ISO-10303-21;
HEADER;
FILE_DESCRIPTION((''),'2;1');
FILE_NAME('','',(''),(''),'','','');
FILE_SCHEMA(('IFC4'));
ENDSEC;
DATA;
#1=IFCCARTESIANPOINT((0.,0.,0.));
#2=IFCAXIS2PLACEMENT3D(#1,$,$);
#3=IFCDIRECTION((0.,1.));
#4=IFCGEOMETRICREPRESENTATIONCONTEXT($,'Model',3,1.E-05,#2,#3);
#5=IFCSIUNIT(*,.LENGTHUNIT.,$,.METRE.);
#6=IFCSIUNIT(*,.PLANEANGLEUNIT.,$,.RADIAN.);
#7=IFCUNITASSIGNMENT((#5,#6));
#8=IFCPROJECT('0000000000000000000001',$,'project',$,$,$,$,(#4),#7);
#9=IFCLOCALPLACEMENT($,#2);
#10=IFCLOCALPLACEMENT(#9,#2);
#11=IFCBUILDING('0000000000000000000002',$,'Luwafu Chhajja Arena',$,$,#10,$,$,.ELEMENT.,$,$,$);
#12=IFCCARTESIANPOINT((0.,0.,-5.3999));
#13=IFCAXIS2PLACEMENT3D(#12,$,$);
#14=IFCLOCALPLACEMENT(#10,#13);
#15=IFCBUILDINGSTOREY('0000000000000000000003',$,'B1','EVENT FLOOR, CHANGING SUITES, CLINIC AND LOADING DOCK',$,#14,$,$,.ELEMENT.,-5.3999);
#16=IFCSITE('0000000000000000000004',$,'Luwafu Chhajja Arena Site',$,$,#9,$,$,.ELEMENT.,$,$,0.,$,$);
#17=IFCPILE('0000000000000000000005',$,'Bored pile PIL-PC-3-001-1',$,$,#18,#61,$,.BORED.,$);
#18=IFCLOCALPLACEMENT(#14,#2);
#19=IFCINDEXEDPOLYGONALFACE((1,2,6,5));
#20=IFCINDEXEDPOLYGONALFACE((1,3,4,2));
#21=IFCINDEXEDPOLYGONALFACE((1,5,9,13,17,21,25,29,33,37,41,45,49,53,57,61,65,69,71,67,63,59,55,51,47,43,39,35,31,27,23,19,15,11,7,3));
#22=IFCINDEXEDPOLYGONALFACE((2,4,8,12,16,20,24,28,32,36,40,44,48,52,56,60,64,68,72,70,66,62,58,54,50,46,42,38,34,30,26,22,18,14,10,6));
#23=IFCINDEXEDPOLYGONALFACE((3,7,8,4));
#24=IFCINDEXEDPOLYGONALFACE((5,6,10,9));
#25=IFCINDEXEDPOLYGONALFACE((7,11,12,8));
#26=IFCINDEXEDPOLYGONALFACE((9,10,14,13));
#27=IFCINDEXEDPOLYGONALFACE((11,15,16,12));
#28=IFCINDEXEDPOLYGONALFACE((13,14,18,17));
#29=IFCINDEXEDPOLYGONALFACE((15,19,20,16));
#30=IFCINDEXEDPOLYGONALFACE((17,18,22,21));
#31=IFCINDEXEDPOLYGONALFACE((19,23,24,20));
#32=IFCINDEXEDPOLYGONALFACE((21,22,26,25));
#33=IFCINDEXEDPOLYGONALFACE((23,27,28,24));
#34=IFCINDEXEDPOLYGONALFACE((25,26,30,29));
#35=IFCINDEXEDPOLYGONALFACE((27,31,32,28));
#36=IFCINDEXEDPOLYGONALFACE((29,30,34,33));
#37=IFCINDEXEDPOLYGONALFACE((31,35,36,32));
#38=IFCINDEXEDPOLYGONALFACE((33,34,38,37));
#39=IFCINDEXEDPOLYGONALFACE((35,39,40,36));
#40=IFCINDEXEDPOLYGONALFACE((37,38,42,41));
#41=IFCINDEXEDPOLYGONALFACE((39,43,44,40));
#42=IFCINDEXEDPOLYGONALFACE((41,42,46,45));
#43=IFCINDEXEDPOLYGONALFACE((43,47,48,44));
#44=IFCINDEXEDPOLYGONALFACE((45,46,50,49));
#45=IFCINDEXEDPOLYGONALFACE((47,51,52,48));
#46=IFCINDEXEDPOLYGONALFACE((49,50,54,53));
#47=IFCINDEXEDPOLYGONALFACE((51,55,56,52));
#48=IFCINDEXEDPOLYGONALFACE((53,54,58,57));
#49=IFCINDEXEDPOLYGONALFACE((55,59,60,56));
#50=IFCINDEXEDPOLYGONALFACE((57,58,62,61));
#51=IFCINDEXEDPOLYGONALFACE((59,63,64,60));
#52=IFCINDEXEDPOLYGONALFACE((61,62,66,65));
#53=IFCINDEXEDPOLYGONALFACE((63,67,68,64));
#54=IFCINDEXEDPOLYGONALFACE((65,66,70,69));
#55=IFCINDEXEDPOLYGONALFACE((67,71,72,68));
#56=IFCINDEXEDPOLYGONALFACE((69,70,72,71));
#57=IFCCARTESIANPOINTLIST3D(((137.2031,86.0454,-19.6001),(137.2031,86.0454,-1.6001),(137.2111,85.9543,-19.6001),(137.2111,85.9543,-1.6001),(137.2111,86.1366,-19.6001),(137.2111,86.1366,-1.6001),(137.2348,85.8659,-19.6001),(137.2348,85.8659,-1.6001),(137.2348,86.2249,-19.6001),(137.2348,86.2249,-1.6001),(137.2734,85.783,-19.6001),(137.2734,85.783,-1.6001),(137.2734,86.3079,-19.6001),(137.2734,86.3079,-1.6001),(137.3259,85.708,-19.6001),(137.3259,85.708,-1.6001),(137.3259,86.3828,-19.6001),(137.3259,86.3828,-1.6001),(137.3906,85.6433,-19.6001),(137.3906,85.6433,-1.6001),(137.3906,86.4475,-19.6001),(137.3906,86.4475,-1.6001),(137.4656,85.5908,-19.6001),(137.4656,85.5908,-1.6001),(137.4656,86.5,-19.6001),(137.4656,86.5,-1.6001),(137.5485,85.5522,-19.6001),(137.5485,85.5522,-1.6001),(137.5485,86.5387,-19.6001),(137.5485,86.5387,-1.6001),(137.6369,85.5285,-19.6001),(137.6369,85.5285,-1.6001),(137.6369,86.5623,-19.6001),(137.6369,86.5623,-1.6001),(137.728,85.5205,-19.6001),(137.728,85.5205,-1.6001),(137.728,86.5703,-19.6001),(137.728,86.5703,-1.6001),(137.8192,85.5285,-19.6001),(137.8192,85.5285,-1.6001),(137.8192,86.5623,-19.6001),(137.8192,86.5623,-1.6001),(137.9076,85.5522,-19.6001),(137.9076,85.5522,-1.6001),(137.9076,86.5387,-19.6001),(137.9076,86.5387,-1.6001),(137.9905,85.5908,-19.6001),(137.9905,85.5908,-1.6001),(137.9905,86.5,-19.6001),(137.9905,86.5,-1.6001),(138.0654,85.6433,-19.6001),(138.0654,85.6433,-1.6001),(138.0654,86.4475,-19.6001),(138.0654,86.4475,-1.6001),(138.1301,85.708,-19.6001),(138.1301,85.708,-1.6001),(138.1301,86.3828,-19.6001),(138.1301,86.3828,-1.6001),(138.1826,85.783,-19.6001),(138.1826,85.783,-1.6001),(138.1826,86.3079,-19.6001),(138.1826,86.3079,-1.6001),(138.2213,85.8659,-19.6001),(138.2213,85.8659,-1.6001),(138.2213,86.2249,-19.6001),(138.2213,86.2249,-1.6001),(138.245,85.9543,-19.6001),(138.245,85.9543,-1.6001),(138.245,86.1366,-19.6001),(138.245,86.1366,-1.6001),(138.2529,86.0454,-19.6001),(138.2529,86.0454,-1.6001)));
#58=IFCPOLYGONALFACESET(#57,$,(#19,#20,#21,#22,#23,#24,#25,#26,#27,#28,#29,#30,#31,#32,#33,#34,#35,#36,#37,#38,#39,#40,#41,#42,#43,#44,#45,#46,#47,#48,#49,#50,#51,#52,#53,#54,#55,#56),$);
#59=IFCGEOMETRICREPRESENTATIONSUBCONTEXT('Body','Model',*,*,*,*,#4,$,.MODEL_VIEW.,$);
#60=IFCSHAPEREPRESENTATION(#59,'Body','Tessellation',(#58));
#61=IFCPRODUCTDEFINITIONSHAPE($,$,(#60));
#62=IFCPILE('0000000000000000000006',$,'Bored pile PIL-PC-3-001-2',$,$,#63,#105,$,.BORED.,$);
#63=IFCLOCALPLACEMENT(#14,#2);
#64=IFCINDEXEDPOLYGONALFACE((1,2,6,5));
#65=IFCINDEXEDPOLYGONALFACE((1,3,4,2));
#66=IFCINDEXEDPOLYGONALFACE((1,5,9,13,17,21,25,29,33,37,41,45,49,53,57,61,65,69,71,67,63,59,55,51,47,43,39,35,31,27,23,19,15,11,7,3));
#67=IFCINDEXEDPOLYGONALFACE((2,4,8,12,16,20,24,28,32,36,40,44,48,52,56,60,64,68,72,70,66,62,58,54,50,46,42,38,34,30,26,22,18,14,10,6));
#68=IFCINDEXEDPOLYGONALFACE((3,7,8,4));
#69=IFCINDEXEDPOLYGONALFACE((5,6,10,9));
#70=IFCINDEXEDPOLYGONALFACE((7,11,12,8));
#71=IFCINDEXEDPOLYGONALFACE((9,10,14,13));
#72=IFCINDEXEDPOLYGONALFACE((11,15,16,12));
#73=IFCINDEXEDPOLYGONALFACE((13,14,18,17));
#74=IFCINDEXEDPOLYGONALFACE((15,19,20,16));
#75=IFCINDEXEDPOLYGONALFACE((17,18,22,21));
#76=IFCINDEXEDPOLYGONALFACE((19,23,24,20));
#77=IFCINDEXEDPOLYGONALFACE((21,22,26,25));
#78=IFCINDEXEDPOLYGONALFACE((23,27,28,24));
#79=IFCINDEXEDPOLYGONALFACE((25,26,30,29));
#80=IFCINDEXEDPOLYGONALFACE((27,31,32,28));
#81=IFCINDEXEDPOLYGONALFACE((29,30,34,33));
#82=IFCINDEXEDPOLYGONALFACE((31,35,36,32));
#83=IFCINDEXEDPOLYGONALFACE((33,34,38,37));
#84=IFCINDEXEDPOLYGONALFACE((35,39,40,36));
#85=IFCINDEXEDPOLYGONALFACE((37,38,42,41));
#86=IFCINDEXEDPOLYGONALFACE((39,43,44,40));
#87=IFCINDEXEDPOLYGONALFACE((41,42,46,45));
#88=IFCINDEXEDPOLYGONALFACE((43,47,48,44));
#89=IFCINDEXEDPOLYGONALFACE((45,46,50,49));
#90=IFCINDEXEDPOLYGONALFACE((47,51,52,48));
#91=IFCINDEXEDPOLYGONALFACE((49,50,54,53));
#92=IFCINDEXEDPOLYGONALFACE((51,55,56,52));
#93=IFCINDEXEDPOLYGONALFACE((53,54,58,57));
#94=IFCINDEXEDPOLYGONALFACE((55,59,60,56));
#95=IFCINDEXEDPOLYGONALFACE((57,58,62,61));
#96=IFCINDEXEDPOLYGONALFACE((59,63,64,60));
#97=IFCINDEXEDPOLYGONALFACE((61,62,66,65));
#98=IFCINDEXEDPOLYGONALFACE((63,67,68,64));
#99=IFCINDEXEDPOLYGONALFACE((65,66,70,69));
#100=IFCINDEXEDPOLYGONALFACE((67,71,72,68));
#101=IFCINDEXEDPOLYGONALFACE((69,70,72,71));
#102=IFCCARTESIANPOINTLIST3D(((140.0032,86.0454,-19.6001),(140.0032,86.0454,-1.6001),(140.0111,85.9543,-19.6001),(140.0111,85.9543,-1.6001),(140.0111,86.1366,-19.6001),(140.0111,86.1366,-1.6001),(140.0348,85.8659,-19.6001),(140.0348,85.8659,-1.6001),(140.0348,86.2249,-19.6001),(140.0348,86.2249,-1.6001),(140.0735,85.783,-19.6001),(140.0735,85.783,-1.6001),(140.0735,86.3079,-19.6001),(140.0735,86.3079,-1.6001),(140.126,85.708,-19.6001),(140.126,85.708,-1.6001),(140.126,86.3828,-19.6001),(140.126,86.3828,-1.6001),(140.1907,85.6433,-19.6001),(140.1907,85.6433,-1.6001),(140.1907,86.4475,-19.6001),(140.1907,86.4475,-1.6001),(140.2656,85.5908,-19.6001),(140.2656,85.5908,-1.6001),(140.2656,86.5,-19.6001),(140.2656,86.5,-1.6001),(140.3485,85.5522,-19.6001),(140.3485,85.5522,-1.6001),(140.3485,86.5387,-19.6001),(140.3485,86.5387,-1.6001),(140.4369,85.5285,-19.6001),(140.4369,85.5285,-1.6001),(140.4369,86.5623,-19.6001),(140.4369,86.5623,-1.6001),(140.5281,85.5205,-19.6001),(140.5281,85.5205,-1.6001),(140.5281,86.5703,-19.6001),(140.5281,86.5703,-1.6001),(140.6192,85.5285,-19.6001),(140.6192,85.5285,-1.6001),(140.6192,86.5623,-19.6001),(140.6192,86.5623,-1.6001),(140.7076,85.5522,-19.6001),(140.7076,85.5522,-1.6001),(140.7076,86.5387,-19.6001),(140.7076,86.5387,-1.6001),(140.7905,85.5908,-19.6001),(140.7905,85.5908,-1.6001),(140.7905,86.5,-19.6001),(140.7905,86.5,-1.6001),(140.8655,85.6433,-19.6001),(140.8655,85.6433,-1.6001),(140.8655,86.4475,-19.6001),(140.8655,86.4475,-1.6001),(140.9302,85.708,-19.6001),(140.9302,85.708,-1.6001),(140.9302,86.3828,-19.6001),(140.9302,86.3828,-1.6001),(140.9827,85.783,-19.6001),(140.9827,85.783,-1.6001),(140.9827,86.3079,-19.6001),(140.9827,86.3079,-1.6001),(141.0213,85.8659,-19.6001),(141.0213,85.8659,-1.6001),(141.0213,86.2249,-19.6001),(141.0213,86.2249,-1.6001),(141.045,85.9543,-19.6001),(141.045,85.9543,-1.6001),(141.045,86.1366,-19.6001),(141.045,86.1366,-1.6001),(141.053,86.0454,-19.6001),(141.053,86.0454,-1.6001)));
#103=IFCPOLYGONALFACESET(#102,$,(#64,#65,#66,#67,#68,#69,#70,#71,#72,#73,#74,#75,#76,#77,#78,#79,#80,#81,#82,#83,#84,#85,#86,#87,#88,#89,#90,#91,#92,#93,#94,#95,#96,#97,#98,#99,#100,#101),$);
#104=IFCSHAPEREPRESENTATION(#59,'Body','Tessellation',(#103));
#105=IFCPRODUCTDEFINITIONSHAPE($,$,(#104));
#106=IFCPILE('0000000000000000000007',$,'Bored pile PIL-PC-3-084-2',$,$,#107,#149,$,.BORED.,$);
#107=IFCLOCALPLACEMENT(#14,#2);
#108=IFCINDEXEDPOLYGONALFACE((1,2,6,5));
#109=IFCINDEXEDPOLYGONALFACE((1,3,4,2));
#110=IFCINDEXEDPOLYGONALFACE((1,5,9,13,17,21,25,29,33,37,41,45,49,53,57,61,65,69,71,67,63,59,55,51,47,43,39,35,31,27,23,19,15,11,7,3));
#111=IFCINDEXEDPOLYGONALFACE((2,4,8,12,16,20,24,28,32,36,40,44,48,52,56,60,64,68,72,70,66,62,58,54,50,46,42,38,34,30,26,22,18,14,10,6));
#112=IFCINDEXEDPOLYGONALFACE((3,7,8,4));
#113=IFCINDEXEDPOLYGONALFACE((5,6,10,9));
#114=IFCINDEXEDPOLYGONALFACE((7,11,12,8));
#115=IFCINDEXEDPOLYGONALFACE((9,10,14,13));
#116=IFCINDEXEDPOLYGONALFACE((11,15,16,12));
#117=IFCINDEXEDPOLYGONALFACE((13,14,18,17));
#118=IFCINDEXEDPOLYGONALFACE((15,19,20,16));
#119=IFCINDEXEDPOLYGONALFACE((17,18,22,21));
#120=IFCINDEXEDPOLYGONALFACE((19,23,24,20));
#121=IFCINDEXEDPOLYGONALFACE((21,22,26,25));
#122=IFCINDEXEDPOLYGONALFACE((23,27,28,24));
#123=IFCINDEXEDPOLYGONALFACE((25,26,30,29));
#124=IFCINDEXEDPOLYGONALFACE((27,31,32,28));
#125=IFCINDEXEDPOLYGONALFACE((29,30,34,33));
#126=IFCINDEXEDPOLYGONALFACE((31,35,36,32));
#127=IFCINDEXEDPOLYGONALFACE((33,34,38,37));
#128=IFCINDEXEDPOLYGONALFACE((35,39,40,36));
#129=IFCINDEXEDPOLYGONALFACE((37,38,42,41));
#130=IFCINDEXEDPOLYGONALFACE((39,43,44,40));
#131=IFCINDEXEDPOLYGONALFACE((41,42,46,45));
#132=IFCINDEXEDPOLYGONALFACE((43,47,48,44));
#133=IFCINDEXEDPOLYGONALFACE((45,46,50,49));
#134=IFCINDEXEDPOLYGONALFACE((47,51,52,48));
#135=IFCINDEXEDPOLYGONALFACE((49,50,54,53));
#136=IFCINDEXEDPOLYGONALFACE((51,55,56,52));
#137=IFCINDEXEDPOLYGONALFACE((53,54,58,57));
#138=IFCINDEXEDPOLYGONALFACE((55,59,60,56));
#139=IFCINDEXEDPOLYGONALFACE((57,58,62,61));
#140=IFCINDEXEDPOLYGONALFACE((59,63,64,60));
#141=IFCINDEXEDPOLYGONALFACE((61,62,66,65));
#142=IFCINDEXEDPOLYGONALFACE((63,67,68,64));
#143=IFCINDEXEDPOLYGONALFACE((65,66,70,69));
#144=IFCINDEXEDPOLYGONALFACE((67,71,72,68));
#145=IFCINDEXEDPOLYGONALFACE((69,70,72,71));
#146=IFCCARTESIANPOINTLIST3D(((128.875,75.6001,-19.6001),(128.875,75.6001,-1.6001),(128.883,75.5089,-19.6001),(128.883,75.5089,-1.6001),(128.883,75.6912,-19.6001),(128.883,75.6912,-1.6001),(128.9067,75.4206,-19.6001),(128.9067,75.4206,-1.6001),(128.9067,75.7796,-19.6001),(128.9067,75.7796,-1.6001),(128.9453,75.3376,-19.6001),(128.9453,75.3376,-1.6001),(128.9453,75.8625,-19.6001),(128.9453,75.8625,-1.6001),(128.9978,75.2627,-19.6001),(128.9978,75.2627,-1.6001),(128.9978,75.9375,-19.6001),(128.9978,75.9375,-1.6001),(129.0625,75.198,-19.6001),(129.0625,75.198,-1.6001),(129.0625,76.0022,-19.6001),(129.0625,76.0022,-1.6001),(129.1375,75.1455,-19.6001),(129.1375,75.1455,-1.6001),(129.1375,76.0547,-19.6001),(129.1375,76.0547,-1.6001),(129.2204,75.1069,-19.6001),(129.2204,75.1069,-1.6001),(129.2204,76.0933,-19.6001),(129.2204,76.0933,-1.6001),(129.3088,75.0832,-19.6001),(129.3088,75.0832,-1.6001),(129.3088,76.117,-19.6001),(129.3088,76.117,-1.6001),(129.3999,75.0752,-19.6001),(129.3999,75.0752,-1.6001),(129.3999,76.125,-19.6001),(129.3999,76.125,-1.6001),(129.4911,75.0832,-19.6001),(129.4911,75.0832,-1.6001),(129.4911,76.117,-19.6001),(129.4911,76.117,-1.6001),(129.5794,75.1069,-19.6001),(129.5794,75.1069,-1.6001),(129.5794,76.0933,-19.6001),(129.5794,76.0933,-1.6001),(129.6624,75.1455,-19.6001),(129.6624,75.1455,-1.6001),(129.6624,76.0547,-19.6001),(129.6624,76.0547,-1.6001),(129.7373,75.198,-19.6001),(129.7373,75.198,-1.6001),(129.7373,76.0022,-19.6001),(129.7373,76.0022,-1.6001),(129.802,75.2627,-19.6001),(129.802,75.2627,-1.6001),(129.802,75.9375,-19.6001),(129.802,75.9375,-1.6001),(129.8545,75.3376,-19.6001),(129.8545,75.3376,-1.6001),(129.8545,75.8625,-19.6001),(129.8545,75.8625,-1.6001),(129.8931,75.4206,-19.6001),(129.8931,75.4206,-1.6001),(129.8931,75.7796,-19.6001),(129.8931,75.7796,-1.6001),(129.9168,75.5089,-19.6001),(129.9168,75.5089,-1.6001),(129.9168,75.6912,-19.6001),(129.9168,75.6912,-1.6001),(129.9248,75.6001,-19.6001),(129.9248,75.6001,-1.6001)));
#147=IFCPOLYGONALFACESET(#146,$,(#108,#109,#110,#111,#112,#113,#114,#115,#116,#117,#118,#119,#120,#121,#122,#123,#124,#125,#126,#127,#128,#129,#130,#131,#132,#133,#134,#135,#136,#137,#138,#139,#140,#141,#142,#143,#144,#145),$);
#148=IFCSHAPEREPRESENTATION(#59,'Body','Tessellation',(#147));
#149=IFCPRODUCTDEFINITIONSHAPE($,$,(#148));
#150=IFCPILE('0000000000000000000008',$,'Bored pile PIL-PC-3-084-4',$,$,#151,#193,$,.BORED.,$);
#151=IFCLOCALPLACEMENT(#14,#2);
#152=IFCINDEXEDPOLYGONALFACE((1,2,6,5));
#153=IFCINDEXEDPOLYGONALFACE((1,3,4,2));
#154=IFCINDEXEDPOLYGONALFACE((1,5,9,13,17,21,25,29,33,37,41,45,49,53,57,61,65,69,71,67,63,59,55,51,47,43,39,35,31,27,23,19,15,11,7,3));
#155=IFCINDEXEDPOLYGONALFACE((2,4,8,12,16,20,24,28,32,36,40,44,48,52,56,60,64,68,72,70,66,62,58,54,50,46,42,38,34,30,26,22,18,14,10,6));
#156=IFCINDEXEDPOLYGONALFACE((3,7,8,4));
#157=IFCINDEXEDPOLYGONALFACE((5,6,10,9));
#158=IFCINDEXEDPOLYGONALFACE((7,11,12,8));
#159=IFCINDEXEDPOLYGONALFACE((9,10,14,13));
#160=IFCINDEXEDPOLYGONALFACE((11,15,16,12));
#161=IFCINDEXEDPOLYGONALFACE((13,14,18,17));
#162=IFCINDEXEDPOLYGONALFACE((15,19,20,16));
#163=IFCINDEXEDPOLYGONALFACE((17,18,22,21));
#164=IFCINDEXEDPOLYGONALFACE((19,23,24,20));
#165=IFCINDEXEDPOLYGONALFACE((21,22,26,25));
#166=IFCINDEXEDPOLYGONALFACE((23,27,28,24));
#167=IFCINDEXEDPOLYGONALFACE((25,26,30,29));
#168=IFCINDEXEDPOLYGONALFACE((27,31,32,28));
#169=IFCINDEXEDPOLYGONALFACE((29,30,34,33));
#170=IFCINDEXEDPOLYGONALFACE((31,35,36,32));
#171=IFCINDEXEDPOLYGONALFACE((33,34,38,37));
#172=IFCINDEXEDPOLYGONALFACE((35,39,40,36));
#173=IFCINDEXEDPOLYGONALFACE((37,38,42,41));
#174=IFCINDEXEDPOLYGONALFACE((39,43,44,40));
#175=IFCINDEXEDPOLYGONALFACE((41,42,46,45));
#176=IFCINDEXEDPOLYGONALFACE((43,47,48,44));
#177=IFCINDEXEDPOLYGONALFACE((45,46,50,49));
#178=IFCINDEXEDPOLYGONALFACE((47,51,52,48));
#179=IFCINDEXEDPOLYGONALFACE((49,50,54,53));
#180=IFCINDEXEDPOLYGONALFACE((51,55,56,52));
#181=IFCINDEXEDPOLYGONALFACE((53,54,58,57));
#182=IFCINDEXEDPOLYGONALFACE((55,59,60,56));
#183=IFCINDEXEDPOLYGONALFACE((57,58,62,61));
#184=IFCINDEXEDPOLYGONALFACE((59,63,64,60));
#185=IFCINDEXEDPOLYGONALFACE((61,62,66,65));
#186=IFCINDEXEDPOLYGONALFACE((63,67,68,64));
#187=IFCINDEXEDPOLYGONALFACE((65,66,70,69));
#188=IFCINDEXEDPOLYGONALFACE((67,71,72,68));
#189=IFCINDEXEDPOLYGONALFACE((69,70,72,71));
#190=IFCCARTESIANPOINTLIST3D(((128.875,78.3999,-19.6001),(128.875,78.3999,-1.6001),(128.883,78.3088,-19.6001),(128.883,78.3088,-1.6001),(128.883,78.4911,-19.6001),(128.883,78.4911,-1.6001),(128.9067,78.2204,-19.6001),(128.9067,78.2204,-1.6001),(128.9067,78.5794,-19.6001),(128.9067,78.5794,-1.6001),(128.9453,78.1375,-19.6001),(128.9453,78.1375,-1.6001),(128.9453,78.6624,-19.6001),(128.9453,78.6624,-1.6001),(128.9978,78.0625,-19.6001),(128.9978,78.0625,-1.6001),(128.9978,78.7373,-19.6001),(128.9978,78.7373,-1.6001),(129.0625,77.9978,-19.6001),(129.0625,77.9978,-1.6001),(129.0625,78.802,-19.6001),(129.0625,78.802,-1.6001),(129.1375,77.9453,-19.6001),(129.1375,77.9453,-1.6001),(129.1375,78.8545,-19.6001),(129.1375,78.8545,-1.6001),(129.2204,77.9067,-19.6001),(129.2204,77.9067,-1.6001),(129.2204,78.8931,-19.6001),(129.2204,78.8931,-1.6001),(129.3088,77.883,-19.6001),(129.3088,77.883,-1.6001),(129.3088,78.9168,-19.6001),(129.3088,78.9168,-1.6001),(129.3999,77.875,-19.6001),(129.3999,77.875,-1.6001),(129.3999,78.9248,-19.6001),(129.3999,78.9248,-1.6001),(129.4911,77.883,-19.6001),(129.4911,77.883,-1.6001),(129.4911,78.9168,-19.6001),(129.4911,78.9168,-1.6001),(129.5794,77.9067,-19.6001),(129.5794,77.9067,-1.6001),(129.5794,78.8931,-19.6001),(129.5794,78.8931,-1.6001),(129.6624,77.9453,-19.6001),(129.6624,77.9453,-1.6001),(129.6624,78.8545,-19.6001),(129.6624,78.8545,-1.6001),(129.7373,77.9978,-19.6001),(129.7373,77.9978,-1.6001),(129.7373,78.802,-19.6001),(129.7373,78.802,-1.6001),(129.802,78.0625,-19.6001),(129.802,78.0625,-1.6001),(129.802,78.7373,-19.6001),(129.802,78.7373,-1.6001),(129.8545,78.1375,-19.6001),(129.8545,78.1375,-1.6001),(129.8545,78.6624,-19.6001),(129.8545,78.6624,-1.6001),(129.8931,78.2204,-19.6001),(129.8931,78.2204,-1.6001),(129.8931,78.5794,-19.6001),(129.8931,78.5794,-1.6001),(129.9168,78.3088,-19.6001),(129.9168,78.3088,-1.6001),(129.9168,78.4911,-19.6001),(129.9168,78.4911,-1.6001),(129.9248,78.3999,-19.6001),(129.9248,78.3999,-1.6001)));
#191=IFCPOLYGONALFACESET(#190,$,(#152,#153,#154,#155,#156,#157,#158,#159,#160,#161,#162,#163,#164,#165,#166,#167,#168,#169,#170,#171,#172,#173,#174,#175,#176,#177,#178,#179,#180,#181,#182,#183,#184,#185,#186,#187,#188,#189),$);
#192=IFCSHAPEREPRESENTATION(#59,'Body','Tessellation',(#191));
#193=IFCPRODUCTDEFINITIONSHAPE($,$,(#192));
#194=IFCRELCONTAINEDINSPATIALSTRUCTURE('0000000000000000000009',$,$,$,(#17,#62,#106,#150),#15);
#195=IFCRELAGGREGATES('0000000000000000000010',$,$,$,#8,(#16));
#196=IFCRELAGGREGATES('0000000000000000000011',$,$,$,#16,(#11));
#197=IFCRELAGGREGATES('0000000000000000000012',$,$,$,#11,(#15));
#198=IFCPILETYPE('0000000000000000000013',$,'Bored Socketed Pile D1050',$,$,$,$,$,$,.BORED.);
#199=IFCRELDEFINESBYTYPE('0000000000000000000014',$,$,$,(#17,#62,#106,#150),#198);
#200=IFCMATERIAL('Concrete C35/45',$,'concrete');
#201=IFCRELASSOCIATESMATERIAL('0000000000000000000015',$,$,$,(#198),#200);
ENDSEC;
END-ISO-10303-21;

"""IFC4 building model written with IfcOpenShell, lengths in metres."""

from ifc_helpers import new_model, si_unit, direction, frame, origin, origin_2d, place, context, subcontext, project, spatial, circle, extrude, material, material_profile, profile_set, type_object, element, save


model = new_model("IFC4")

# Units and contexts
model_context = context("Model", 3, precision=1e-05, world=origin(), true_north=direction((0.0, 1.0)))
body_context = subcontext(model_context, "Body", "Model", "MODEL_VIEW")
ifc_project = project(units=[si_unit("LENGTHUNIT", "METRE"), si_unit("PLANEANGLEUNIT", "RADIAN")], contexts=[model_context])

# Site, building, storey
site_placement = place(None, origin())
site = spatial("IfcSite", under=ifc_project, at=site_placement, Name="Luwafu Chhajja Arena Site", CompositionType="ELEMENT", RefElevation=0.0)
building_placement = place(site_placement, origin())
building = spatial("IfcBuilding", under=site, at=building_placement, Name="Luwafu Chhajja Arena", CompositionType="ELEMENT")
storey_placement = place(building_placement, frame((0.0, 0.0, -5.3999)))
storey = spatial("IfcBuildingStorey", under=building, at=storey_placement, Name="B1", Description="EVENT FLOOR, CHANGING SUITES, CLINIC AND LOADING DOCK", CompositionType="ELEMENT", Elevation=-5.3999)

# Piles
ifc_material_1 = material(Name="Concrete C35/45", Category="concrete")
ifc_material_profile_1 = material_profile(ifc_material_1, circle(Radius=0.5249, at=origin_2d()), Name="PILE D1050")
ifc_profile_set_1 = profile_set([ifc_material_profile_1], Name="Concrete C35/45")
pile_type_1 = type_object("IfcPileType", Name="Bored Socketed Pile D1050", PredefinedType="BORED", material=ifc_profile_set_1)
for number, where, z_axis, x_axis, name in (
    (1, (137.728, 86.0454, -1.6001), (0.0, 0.0, -1.0), (1.0, 0.0, 0.0), "Bored pile PIL-PC-3-001-1"),
    (2, (140.5281, 86.0454, -1.6001), (0.0, 0.0, -1.0), (1.0, 0.0, 0.0), "Bored pile PIL-PC-3-001-2"),
    (3, (129.3999, 75.6001, -1.6001), (0.0, 0.0, -1.0), (1.0, 0.0, 0.0), "Bored pile PIL-PC-3-084-2"),
    (4, (129.3999, 78.3999, -1.6001), (0.0, 0.0, -1.0), (1.0, 0.0, 0.0), "Bored pile PIL-PC-3-084-4"),
):
    element("IfcPile", number, at=place(storey_placement, frame(where, z_axis=z_axis, x_axis=x_axis)), inside=storey, type_object=pile_type_1, Name=name, PredefinedType="BORED", context=body_context, shape_type="SweptSolid", body=[
        extrude(circle(Radius=0.5249, at=origin_2d()), origin(), (0.0, 0.0, 1.0), 18.0),
    ])

save(model, "model.ifc")
